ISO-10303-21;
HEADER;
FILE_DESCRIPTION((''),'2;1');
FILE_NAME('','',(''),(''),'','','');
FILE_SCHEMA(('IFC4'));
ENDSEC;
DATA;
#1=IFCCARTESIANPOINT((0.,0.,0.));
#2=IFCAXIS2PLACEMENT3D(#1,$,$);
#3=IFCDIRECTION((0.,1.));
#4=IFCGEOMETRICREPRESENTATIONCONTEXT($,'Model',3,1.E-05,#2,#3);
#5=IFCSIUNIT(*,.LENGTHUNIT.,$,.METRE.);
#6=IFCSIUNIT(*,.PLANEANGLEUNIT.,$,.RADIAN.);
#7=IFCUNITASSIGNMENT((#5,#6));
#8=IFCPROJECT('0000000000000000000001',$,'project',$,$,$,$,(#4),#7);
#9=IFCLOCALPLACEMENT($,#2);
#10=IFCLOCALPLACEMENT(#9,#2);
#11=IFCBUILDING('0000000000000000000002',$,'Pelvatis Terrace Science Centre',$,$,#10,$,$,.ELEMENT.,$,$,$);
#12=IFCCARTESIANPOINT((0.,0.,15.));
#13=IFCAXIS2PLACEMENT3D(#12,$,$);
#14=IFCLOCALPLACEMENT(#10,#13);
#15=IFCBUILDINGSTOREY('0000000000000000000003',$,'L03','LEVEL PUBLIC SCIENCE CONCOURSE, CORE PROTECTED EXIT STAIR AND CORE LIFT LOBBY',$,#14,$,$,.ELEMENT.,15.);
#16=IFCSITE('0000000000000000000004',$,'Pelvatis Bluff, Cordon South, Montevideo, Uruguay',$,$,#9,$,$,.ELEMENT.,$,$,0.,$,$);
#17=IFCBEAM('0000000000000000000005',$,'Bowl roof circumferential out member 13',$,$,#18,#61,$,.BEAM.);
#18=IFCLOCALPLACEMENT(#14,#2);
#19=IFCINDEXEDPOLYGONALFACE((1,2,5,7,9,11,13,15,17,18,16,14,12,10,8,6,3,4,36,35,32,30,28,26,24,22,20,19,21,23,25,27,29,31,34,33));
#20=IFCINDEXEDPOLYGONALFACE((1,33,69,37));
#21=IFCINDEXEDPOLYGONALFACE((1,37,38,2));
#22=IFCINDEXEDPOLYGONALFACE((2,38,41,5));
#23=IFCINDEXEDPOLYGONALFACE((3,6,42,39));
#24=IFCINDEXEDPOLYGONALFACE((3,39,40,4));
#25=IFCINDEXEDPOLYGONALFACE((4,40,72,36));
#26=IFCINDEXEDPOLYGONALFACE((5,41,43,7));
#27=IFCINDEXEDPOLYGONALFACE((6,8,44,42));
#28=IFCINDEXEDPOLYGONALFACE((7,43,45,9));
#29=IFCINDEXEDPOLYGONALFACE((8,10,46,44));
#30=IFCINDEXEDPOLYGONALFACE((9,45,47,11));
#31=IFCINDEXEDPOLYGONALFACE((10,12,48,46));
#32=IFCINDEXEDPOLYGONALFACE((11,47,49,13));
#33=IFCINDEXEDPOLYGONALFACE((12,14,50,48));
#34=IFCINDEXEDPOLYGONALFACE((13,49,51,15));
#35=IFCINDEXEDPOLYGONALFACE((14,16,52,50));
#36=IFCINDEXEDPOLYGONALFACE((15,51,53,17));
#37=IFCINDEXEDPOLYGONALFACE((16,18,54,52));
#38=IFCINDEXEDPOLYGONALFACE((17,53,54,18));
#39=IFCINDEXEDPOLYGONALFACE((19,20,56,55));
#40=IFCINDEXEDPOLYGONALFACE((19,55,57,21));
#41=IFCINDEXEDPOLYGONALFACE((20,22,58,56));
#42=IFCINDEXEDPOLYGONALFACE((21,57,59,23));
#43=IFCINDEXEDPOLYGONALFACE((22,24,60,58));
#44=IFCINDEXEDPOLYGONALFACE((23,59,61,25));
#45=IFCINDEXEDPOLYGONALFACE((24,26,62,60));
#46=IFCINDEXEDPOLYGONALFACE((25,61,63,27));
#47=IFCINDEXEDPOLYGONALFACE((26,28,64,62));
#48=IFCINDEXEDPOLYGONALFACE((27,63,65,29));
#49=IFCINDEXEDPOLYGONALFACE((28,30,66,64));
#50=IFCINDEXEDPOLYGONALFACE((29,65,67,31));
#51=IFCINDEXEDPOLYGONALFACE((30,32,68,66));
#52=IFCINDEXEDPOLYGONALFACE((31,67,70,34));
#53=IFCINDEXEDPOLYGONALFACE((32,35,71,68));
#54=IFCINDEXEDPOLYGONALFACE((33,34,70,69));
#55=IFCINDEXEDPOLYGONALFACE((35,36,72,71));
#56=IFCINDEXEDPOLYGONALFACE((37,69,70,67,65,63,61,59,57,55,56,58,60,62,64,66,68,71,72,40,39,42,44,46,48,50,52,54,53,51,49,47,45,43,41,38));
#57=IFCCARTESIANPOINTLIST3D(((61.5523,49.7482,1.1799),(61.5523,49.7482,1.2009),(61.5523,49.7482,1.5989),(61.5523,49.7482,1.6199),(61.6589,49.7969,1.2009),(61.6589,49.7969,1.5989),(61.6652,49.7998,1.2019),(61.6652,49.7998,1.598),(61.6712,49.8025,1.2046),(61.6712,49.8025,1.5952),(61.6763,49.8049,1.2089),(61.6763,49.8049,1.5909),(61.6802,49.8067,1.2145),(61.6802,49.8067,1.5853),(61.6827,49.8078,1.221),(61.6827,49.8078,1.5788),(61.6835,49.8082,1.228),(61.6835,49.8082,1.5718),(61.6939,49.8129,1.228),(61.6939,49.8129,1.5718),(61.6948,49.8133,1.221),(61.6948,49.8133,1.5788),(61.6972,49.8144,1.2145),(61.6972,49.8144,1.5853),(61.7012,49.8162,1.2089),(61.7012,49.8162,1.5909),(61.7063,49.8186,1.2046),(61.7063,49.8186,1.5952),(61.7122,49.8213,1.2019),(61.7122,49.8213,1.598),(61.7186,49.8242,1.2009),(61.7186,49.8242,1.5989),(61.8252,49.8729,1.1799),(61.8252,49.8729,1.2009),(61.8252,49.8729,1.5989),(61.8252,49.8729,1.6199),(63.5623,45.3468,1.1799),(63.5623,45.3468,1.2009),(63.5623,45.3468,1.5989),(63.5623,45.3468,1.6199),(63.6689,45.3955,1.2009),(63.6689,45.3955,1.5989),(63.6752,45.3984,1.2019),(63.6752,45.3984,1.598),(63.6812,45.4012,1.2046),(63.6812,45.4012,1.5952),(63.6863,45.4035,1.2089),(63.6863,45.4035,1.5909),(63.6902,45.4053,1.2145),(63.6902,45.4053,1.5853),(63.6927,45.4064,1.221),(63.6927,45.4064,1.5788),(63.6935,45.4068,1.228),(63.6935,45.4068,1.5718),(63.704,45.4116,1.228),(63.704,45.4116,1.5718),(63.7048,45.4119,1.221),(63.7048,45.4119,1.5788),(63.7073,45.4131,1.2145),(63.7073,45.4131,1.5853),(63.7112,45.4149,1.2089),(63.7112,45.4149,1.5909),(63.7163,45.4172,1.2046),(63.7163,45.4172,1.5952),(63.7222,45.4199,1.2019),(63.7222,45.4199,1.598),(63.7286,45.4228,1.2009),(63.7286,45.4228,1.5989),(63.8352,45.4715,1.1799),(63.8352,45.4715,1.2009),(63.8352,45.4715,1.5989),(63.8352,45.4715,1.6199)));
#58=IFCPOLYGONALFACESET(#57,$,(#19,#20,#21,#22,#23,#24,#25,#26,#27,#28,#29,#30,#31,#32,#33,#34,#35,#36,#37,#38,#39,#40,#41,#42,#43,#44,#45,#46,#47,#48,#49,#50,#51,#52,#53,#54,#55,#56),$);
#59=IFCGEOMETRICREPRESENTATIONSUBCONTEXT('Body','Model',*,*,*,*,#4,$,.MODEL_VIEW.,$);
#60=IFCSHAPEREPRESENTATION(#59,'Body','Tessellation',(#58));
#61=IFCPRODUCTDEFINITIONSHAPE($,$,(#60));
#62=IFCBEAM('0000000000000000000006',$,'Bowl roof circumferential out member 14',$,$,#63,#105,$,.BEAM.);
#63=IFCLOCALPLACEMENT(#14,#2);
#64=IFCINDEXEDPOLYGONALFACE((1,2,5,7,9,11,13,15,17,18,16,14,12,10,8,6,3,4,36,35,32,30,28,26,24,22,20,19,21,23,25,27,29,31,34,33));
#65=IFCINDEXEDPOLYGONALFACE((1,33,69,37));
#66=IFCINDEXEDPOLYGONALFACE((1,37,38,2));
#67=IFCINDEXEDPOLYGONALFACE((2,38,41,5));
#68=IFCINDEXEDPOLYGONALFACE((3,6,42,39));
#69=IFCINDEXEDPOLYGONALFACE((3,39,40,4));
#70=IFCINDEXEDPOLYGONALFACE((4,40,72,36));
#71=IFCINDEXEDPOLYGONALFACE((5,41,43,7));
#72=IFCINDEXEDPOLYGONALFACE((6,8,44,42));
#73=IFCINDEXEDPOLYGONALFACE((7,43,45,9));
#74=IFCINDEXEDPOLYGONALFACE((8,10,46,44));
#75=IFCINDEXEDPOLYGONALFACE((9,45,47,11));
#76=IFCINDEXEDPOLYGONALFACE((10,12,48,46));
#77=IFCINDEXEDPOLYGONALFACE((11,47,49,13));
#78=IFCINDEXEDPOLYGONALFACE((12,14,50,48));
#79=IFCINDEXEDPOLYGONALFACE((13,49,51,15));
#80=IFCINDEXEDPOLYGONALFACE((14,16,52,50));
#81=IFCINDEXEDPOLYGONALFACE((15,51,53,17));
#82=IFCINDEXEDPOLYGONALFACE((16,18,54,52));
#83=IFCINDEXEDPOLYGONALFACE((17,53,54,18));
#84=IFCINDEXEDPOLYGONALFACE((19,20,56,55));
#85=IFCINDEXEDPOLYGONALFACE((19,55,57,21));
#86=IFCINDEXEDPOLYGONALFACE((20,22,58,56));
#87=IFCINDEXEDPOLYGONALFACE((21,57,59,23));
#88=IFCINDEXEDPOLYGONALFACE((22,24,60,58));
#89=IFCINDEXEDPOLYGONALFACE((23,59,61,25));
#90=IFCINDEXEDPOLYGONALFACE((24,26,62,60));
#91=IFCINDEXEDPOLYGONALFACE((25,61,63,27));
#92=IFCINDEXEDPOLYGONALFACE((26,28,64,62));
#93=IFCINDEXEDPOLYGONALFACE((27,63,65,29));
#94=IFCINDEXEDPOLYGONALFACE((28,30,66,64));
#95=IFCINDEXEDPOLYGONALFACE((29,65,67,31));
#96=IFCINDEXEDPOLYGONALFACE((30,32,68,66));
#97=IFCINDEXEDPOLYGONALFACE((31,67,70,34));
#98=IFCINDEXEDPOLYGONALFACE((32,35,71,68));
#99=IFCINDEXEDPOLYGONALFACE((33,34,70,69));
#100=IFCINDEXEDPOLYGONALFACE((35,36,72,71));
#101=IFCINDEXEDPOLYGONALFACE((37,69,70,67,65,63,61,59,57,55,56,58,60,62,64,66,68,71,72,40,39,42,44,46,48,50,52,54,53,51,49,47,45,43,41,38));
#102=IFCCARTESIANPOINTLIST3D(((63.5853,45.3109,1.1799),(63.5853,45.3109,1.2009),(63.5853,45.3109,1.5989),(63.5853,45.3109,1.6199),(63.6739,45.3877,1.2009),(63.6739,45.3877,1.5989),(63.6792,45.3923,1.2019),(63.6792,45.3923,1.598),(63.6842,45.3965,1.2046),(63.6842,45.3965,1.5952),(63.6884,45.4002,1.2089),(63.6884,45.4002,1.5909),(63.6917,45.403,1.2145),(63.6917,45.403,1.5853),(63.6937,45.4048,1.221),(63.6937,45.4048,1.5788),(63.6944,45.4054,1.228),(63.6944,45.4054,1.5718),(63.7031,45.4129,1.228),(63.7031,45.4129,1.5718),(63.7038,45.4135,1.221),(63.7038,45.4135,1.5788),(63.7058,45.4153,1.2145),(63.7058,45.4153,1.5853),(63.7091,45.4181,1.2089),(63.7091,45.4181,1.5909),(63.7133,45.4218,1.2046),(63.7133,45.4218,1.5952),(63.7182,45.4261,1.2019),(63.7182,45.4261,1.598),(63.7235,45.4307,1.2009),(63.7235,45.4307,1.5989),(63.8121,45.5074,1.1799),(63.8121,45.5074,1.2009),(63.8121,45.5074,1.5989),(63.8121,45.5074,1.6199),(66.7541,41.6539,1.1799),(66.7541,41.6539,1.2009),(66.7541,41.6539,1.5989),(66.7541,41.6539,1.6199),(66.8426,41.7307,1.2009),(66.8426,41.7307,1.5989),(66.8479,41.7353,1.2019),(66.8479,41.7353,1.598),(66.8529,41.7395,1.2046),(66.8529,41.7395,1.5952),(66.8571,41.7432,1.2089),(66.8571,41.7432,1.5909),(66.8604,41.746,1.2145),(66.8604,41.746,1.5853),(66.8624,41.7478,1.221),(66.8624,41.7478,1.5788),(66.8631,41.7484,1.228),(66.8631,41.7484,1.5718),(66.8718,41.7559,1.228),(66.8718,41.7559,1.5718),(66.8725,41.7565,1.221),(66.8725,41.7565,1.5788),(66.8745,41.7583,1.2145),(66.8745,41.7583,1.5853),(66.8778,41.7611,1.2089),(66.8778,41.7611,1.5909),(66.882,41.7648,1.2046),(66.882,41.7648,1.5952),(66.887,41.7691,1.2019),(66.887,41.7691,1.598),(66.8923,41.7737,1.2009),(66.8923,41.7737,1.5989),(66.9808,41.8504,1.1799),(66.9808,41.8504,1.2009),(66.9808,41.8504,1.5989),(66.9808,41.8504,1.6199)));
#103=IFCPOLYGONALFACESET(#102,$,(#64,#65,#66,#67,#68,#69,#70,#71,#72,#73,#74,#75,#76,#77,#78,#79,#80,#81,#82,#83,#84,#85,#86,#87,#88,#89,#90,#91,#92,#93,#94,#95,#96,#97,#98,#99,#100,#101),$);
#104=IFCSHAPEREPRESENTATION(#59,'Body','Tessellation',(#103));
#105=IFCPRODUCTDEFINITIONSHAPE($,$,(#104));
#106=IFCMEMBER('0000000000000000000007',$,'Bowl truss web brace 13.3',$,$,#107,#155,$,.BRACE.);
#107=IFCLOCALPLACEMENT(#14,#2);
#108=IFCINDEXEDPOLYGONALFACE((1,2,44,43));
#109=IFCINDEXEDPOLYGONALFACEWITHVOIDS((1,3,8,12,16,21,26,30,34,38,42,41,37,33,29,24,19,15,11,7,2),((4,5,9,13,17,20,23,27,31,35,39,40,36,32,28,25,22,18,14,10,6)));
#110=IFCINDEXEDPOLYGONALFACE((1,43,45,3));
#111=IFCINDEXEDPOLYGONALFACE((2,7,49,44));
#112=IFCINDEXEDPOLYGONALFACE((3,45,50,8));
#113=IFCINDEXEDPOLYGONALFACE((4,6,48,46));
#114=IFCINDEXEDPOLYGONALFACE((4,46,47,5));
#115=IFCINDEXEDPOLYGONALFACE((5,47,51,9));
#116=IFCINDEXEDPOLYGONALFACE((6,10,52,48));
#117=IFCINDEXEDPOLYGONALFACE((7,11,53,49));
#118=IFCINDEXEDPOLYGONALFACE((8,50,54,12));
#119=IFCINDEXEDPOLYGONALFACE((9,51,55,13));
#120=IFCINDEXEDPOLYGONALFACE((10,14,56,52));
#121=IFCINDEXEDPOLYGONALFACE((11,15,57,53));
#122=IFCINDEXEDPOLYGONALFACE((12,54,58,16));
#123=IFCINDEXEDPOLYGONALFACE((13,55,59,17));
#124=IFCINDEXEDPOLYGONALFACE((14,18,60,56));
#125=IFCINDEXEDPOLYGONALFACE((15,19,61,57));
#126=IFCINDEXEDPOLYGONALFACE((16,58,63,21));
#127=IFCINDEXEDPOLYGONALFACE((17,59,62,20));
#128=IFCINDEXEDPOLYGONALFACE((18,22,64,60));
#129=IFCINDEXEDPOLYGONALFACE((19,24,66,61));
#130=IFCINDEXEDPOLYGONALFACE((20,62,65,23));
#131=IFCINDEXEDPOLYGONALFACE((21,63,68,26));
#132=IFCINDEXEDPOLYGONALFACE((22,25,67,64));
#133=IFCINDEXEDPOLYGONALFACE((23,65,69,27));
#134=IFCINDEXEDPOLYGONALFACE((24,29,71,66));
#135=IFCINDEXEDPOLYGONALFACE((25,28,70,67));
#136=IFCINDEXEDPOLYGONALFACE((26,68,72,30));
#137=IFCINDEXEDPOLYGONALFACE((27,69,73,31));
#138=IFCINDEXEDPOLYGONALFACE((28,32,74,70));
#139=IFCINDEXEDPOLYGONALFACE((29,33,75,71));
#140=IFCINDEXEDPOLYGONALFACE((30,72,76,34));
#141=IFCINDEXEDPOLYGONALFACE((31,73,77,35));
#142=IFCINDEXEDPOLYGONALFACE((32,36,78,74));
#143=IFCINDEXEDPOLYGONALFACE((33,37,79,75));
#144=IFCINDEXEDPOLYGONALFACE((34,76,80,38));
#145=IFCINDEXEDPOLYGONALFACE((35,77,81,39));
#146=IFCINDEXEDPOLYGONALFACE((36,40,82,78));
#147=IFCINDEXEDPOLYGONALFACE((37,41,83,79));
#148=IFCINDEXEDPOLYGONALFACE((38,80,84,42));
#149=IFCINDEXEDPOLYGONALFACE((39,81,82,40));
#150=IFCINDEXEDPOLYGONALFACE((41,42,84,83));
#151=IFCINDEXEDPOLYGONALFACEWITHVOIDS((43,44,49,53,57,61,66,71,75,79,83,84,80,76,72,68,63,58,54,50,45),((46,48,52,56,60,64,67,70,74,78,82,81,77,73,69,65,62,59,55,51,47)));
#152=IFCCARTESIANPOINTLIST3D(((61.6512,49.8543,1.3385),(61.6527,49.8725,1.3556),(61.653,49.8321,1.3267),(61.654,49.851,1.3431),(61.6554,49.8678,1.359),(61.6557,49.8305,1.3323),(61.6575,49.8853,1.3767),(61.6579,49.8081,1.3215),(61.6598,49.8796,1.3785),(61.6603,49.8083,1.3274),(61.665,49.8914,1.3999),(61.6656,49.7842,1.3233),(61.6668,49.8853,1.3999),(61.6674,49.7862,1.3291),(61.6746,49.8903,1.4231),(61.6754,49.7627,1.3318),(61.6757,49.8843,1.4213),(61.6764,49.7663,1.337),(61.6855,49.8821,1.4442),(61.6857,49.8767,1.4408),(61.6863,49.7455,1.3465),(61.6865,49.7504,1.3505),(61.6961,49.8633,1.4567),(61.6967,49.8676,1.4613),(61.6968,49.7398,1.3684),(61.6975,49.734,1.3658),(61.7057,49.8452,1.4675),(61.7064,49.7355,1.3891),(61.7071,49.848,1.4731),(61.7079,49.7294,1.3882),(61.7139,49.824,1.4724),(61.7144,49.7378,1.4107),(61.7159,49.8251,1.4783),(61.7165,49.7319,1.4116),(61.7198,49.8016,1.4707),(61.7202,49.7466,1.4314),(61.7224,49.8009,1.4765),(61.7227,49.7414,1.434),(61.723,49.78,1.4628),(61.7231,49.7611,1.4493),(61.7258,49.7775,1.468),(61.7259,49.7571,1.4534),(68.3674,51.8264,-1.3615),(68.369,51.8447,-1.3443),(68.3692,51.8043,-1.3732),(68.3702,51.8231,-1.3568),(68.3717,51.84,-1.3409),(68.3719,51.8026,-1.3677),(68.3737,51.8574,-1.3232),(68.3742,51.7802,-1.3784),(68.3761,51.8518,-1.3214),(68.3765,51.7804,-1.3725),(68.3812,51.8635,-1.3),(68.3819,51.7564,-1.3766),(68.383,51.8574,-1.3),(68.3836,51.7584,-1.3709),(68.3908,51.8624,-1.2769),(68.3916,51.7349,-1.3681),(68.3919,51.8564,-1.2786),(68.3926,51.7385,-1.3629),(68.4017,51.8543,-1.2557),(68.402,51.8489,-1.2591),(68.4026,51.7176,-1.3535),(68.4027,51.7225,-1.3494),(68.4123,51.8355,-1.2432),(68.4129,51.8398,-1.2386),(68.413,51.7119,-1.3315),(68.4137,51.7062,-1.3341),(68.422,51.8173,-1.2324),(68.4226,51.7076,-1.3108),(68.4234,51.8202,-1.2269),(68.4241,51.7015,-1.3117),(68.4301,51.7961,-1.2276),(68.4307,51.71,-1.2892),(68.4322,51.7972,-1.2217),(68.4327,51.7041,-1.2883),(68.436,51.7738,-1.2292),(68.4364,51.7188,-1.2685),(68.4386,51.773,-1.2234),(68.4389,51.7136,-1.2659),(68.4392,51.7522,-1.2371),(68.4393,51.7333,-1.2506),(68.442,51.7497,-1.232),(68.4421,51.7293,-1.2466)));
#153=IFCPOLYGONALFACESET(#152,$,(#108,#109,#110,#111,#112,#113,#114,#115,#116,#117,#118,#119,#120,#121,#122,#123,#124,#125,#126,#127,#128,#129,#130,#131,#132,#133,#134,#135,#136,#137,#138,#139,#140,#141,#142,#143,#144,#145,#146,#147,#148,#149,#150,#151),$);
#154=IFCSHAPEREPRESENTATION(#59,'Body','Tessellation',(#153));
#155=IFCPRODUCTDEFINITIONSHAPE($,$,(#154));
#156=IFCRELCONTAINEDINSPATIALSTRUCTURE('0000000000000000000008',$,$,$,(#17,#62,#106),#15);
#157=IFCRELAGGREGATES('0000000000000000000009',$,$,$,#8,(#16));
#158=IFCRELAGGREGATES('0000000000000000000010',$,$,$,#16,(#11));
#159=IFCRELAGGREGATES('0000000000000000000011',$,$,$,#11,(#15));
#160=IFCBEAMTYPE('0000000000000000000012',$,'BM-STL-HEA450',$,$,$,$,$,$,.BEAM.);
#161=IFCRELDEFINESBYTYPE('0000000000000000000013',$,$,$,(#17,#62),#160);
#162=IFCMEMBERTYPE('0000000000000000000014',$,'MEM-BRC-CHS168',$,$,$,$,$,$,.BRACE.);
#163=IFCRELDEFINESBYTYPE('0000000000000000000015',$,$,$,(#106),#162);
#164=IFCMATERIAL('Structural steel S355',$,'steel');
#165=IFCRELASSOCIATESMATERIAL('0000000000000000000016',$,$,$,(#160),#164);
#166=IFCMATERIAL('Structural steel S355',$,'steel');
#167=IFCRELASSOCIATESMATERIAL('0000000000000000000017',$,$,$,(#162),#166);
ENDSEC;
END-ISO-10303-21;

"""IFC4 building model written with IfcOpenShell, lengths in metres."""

from ifc_helpers import new_model, si_unit, direction, frame, origin, origin_2d, place, context, subcontext, project, spatial, hollow_circle, i_section, extrude, material, material_profile, profile_set, type_object, element, save


model = new_model("IFC4")

# Units and contexts
model_context = context("Model", 3, precision=1e-05, world=origin(), true_north=direction((0.0, 1.0)))
body_context = subcontext(model_context, "Body", "Model", "MODEL_VIEW")
ifc_project = project(units=[si_unit("LENGTHUNIT", "METRE"), si_unit("PLANEANGLEUNIT", "RADIAN")], contexts=[model_context])

# Site, building, storey
site_placement = place(None, origin())
site = spatial("IfcSite", under=ifc_project, at=site_placement, Name="Pelvatis Bluff, Cordon South, Montevideo, Uruguay", CompositionType="ELEMENT", RefElevation=0.0)
building_placement = place(site_placement, origin())
building = spatial("IfcBuilding", under=site, at=building_placement, Name="Pelvatis Terrace Science Centre", CompositionType="ELEMENT")
storey_placement = place(building_placement, frame((0.0, 0.0, 15.0)))
storey = spatial("IfcBuildingStorey", under=building, at=storey_placement, Name="L03", Description="LEVEL PUBLIC SCIENCE CONCOURSE, CORE PROTECTED EXIT STAIR AND CORE LIFT LOBBY", CompositionType="ELEMENT", Elevation=15.0)

# Beams
ifc_material_1 = material(Name="Structural steel S355", Category="steel")
ifc_material_profile_1 = material_profile(ifc_material_1, i_section(OverallWidth=0.3, OverallDepth=0.4399, WebThickness=0.0115, FlangeThickness=0.021, FilletRadius=0.0271, at=origin_2d()), Name="HEA 450")
ifc_profile_set_1 = profile_set([ifc_material_profile_1], Name="Structural steel S355")
beam_type = type_object("IfcBeamType", Name="BM-STL-HEA450", PredefinedType="BEAM", material=ifc_profile_set_1)
beam_1_placement = place(storey_placement, frame((61.6887, 49.8105, 1.3999), z_axis=(0.41541, -0.909634, 0.0), x_axis=(0.909634, 0.41541, 0.0)))
element("IfcBeam", 1, at=beam_1_placement, inside=storey, type_object=beam_type, Name="Bowl roof circumferential out member 13", PredefinedType="BEAM", context=body_context, shape_type="SweptSolid", body=[
    extrude(i_section(OverallWidth=0.3, OverallDepth=0.4399, WebThickness=0.0115, FlangeThickness=0.021, FilletRadius=0.0271, at=origin_2d()), origin(), (0.0, 0.0, 1.0), 4.8386),
])
beam_2_placement = place(storey_placement, frame((63.6987, 45.4092, 1.3999), z_axis=(0.65485, -0.755759, 0.0), x_axis=(0.755759, 0.65485, 0.0)))
element("IfcBeam", 2, at=beam_2_placement, inside=storey, type_object=beam_type, Name="Bowl roof circumferential out member 14", PredefinedType="BEAM", context=body_context, shape_type="SweptSolid", body=[
    extrude(i_section(OverallWidth=0.3, OverallDepth=0.4399, WebThickness=0.0115, FlangeThickness=0.021, FilletRadius=0.0271, at=origin_2d()), origin(), (0.0, 0.0, 1.0), 4.8389),
])

# Member
ifc_material_2 = material(Name="Structural steel S355", Category="steel")
ifc_material_profile_2 = material_profile(ifc_material_2, hollow_circle(Radius=0.0842, WallThickness=0.0063, at=origin_2d()), Name="CHS 168.3x6.3")
ifc_profile_set_2 = profile_set([ifc_material_profile_2], Name="Structural steel S355")
member_type_1 = type_object("IfcMemberType", Name="MEM-BRC-CHS168", PredefinedType="BRACE", material=ifc_profile_set_2)
for number, where, z_axis, x_axis, name in (
    (3, (61.6887, 49.8105, 1.3999), (0.895206, 0.262867, -0.359872), (-0.281743, 0.95949, 0.0), "Bowl truss web brace 13.3"),
):
    element("IfcMember", number, at=place(storey_placement, frame(where, z_axis=z_axis, x_axis=x_axis)), inside=storey, type_object=member_type_1, Name=name, PredefinedType="BRACE", context=body_context, shape_type="SweptSolid", body=[
        extrude(hollow_circle(Radius=0.0842, WallThickness=0.0063, at=origin_2d()), origin(), (0.0, 0.0, 1.0), 7.5024),
    ])

save(model, "model.ifc")
